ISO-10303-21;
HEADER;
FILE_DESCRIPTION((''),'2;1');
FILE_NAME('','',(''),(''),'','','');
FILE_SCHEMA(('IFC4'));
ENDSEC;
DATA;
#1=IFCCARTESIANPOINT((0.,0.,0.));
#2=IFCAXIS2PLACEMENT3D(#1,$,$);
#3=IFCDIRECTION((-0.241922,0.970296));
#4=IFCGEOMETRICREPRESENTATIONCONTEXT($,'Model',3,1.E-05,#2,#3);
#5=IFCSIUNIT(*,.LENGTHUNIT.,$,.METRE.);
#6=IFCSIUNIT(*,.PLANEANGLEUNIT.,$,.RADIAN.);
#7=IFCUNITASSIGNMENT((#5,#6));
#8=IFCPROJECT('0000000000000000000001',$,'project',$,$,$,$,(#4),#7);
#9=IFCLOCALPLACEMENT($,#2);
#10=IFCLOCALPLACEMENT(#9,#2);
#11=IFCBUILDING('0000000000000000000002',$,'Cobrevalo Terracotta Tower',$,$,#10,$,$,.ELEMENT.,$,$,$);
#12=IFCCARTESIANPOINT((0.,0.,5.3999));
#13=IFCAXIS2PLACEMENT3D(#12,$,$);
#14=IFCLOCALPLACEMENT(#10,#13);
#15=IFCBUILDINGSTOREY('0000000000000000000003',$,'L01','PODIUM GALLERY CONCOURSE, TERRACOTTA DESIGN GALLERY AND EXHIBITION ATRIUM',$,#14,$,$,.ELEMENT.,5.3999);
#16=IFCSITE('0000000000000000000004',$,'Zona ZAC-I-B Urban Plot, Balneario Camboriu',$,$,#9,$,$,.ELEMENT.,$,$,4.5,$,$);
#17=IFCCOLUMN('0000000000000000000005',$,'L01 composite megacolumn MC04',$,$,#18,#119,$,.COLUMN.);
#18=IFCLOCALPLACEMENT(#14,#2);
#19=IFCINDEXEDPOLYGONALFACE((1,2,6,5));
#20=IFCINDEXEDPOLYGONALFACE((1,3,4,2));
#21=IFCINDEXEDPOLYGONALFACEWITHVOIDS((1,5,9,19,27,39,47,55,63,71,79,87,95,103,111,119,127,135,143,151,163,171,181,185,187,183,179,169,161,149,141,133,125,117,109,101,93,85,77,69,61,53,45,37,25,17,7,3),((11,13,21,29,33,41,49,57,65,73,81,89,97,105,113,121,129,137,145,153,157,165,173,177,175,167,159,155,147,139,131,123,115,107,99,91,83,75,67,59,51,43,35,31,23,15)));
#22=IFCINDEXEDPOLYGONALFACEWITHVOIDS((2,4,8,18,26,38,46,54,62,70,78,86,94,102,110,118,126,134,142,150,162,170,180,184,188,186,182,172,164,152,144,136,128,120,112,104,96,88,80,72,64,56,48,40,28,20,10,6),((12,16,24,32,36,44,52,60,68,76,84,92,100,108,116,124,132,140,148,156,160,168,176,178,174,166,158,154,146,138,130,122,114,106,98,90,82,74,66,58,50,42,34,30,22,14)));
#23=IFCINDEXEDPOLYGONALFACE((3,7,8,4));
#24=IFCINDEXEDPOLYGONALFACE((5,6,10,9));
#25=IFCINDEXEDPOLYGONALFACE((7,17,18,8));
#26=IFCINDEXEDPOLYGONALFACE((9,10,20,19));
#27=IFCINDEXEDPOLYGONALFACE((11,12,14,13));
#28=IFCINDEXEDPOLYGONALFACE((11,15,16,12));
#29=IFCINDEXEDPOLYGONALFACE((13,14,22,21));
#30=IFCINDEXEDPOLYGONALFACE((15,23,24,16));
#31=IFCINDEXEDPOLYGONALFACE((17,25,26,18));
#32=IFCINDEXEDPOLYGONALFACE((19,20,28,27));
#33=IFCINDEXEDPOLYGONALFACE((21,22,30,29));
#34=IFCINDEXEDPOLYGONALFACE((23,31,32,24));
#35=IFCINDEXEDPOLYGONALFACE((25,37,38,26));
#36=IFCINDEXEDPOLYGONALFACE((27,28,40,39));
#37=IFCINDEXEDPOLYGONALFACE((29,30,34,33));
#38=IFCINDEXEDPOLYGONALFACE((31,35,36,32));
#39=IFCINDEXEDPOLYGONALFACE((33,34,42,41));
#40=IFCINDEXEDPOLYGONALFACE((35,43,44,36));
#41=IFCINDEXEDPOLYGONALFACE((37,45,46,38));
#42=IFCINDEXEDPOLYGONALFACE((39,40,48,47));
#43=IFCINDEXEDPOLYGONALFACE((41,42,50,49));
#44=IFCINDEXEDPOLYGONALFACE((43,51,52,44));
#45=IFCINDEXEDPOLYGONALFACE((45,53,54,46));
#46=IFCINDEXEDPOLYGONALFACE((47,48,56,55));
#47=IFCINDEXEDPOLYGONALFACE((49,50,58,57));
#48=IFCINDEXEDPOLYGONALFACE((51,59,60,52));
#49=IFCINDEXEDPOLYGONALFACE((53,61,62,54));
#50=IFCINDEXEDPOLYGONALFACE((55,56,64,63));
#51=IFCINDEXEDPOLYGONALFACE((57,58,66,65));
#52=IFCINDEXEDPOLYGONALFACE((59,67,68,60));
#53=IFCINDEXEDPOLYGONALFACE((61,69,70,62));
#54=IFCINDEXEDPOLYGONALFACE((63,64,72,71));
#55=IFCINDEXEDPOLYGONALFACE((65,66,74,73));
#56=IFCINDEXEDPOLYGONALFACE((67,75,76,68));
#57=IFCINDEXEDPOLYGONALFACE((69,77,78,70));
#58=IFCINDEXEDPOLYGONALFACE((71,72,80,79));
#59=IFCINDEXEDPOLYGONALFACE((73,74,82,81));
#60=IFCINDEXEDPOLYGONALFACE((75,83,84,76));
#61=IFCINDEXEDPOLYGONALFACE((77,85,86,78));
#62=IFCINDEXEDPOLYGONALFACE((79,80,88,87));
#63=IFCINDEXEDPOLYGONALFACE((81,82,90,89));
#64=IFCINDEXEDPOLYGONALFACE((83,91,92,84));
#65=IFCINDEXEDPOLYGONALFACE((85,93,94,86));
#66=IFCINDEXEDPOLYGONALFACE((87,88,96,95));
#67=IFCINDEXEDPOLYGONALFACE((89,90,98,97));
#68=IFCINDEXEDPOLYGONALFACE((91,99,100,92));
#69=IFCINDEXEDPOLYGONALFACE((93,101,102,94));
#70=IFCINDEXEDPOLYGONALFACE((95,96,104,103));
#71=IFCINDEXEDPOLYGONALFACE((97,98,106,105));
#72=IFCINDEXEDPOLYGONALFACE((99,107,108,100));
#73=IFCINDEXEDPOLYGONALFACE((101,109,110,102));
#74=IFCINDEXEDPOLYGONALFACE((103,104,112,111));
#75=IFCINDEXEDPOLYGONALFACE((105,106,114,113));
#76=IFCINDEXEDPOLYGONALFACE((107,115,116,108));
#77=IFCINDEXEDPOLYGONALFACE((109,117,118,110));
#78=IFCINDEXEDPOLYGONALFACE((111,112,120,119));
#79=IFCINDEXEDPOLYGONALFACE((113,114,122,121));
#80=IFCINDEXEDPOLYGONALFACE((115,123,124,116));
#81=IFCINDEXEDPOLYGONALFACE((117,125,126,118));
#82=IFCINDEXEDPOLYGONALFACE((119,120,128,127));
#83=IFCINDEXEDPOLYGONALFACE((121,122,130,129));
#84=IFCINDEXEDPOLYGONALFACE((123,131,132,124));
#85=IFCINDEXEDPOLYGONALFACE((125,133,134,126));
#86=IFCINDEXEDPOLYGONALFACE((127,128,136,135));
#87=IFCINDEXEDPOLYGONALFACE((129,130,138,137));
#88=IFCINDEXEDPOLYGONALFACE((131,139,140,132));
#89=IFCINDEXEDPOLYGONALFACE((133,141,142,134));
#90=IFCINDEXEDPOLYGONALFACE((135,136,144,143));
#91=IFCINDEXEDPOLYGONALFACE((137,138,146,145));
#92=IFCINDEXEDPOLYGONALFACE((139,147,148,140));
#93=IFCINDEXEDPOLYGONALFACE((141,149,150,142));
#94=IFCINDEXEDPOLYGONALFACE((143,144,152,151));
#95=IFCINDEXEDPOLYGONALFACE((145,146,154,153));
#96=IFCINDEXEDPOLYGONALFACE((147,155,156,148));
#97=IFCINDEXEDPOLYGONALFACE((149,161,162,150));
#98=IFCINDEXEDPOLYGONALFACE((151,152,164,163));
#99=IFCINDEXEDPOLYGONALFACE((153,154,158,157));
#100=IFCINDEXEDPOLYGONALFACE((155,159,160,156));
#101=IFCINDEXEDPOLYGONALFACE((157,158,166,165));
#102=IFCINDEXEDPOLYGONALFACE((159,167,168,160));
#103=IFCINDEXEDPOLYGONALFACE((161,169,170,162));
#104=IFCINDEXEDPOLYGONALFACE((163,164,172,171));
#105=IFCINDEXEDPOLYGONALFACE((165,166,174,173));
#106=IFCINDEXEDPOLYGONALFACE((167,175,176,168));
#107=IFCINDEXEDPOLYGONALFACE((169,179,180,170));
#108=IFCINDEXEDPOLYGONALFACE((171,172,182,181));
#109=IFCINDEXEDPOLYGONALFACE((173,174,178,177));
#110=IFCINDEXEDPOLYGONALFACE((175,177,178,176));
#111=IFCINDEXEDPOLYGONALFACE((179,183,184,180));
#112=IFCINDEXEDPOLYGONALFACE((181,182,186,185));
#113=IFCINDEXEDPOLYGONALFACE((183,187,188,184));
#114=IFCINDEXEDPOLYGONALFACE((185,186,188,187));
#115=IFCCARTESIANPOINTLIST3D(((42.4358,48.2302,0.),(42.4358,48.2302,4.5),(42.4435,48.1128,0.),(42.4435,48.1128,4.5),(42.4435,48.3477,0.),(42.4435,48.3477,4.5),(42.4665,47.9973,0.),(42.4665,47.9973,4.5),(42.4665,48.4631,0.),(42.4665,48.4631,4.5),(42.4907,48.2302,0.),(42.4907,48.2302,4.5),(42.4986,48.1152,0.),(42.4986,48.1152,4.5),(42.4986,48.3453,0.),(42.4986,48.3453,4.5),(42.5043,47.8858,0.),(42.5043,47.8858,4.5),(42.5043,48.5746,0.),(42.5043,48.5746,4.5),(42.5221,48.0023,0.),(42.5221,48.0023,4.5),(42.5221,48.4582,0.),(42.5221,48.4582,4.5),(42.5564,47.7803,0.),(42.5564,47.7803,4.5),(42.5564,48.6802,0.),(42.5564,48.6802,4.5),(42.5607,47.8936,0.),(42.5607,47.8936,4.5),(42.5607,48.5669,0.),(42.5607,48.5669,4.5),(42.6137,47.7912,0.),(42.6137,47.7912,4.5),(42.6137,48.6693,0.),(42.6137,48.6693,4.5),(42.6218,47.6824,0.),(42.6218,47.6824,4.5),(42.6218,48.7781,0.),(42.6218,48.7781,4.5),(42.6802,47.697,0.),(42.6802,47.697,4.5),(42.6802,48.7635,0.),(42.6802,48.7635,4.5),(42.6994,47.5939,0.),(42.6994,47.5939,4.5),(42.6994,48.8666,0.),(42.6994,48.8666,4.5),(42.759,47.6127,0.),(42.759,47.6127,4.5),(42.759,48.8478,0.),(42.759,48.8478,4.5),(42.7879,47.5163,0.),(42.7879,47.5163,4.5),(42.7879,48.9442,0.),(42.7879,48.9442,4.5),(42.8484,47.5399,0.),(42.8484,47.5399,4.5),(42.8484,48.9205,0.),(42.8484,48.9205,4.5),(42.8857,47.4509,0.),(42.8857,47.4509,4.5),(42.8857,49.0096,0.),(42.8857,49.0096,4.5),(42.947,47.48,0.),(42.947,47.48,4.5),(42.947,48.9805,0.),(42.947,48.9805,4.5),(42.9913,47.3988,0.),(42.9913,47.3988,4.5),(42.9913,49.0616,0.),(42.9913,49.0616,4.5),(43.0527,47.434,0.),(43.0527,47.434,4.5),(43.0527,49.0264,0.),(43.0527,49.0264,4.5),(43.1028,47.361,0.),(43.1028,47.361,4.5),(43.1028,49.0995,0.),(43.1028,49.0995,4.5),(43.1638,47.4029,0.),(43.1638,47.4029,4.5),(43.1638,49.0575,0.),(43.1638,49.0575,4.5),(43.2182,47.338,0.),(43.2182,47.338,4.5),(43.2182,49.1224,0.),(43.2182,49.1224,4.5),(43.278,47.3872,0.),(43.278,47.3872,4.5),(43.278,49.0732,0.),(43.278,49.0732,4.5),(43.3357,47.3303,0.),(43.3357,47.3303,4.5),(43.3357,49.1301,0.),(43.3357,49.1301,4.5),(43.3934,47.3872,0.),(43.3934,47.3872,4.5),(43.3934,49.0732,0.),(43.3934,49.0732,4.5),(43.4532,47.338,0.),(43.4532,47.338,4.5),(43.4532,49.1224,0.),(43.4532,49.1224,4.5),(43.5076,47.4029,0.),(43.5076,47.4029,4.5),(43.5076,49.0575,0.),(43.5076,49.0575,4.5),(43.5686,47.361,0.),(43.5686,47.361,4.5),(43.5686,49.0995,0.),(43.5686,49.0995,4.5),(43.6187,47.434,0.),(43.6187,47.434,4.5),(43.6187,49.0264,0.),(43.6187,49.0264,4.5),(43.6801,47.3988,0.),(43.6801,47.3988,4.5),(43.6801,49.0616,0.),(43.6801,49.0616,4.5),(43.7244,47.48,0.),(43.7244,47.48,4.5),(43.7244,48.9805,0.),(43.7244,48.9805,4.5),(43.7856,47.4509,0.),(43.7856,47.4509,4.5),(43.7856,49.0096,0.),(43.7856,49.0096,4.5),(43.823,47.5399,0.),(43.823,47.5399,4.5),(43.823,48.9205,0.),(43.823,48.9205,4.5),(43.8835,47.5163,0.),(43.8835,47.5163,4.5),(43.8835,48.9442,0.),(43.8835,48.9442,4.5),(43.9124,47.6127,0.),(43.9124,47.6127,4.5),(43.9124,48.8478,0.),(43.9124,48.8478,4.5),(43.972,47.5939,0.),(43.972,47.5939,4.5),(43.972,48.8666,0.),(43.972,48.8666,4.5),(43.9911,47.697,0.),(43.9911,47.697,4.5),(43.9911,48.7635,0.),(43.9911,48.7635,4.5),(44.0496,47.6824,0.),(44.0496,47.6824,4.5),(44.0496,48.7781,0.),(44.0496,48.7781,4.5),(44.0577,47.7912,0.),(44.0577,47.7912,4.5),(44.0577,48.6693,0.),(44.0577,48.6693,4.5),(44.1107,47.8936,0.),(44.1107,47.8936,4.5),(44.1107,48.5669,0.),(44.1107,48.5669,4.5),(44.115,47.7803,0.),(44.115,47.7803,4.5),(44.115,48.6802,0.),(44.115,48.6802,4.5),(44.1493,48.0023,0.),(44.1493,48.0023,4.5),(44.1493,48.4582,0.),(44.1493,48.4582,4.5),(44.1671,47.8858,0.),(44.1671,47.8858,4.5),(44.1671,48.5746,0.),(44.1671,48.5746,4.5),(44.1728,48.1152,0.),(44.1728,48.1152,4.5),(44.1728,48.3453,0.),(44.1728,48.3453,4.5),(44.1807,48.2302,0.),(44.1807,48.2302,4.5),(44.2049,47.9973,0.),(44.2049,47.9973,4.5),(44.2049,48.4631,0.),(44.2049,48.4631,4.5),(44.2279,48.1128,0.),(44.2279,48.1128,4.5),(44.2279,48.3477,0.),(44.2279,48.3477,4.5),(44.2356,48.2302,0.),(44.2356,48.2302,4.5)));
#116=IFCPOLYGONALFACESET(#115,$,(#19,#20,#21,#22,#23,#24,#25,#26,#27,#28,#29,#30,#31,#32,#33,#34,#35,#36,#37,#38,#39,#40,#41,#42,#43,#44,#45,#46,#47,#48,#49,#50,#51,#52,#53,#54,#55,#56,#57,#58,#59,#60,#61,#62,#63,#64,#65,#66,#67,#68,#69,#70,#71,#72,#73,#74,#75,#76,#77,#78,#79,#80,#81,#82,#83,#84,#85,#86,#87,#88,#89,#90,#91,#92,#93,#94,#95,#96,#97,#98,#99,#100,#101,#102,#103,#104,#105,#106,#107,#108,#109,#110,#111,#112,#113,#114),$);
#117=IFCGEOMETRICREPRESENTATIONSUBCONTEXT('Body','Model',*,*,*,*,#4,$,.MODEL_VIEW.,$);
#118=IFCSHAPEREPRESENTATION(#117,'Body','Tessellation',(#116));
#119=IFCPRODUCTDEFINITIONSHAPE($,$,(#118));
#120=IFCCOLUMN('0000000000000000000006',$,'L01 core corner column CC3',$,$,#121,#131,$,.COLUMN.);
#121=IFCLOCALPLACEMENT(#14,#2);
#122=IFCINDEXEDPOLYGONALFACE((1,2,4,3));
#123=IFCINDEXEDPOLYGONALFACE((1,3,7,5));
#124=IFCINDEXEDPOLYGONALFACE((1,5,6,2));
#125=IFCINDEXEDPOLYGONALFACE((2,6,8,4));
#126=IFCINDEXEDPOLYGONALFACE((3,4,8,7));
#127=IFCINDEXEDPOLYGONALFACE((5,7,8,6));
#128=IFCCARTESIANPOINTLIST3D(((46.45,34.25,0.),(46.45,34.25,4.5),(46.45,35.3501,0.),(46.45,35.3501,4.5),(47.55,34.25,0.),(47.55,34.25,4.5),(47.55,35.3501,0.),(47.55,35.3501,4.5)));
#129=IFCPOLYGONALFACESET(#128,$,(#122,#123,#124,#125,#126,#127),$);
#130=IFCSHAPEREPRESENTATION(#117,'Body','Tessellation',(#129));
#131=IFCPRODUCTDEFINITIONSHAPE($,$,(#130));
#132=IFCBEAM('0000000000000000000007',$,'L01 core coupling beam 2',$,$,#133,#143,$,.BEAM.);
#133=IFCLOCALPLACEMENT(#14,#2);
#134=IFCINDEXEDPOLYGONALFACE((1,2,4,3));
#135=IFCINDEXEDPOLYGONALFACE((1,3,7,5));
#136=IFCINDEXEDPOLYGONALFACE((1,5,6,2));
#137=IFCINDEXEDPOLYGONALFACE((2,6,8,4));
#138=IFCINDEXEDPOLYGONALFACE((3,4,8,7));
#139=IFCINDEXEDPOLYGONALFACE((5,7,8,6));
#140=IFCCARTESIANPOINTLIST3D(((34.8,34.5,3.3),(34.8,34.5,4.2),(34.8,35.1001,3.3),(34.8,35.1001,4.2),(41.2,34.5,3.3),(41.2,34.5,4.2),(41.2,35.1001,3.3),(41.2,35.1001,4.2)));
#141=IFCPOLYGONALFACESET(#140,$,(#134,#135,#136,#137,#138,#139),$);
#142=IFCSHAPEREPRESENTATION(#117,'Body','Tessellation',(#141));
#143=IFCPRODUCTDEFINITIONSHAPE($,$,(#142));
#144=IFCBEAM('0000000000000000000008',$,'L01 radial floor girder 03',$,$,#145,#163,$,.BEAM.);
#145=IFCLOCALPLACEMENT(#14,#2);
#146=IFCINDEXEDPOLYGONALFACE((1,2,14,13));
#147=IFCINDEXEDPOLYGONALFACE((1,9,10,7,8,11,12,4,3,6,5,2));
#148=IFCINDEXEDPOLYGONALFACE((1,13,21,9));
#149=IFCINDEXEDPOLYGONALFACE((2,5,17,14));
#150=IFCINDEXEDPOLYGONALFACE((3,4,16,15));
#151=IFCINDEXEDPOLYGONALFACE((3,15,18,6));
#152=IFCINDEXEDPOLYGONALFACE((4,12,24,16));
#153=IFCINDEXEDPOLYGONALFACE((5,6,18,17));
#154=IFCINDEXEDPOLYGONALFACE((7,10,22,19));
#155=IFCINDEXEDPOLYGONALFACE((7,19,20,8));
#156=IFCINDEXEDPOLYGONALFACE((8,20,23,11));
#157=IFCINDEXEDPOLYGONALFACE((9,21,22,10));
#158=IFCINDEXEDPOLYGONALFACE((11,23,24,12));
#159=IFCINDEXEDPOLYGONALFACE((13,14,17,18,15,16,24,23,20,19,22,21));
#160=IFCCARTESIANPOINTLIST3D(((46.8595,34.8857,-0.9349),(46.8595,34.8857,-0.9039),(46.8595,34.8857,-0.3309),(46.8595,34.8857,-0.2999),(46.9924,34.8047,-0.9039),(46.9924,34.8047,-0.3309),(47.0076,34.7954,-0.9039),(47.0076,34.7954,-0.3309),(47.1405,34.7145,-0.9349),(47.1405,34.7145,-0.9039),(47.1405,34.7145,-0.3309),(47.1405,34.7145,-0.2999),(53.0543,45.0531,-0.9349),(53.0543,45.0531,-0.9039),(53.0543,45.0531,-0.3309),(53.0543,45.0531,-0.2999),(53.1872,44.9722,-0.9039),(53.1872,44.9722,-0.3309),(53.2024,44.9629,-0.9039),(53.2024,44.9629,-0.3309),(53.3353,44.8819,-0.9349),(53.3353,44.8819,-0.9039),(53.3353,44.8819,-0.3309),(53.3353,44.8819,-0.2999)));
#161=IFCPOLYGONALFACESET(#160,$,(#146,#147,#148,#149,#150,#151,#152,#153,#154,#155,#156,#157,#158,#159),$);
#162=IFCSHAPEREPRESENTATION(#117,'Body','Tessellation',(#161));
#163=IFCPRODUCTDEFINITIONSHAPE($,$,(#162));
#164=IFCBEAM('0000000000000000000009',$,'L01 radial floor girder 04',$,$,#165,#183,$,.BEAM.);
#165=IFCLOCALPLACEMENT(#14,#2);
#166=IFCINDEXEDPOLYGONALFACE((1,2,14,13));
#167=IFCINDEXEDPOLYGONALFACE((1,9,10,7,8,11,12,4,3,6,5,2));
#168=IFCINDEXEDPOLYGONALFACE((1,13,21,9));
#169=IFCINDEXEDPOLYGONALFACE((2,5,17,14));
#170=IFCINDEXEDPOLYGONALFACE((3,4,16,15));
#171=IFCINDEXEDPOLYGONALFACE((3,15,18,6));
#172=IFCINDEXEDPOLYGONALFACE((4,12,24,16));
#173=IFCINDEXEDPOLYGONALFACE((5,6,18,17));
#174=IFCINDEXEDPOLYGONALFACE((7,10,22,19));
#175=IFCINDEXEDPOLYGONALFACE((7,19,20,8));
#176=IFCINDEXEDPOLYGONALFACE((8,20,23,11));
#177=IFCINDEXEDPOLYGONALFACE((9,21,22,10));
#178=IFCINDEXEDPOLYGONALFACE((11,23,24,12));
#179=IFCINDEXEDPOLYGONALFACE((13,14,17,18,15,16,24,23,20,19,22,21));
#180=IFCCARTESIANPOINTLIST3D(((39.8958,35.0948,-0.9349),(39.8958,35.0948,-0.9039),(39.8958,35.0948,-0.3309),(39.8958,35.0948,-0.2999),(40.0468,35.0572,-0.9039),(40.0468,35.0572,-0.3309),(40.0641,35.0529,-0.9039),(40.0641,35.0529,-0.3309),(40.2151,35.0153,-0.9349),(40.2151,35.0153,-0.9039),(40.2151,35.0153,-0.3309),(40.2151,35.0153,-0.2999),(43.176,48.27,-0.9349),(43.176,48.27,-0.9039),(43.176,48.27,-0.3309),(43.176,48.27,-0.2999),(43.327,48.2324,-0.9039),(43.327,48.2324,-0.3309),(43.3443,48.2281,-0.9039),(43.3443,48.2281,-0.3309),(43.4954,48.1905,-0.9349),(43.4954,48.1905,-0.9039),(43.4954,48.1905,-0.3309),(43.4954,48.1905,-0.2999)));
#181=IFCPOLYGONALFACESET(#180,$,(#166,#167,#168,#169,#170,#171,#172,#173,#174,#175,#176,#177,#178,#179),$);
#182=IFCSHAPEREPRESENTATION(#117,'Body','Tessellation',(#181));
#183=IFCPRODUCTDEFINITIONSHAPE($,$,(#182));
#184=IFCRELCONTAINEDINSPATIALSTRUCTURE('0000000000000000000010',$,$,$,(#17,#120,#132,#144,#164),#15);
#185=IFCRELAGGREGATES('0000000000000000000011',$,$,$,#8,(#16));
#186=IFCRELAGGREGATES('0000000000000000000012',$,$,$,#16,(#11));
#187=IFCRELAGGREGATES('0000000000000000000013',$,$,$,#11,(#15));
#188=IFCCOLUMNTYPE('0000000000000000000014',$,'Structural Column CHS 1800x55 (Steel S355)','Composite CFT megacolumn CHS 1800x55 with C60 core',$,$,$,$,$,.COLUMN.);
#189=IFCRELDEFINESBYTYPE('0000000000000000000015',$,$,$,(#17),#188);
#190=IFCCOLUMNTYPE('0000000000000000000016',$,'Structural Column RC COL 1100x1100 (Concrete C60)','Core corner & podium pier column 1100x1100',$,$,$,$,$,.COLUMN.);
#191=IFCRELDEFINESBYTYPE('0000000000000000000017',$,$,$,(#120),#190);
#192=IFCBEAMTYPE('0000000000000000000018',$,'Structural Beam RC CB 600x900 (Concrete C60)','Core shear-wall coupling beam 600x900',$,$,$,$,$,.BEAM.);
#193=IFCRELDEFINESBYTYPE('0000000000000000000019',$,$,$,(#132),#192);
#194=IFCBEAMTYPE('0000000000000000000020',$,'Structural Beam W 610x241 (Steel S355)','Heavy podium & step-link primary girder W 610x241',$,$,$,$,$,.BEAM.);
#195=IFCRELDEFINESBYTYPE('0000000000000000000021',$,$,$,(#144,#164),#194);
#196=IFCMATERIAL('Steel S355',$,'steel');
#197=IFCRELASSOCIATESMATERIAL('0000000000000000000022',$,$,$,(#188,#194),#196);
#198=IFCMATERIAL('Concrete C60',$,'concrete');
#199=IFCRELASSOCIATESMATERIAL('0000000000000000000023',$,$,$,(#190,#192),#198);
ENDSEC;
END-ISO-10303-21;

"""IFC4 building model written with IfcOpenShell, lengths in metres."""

from ifc_helpers import new_model, si_unit, direction, frame, origin, origin_2d, place, context, subcontext, project, spatial, rectangle, hollow_circle, i_section, extrude, material, material_profile, profile_set, type_object, element, save


model = new_model("IFC4")

# Units and contexts
model_context = context("Model", 3, precision=1e-05, world=origin(), true_north=direction((-0.241922, 0.970296)))
body_context = subcontext(model_context, "Body", "Model", "MODEL_VIEW")
ifc_project = project(units=[si_unit("LENGTHUNIT", "METRE"), si_unit("PLANEANGLEUNIT", "RADIAN")], contexts=[model_context])

# Site, building, storey
site_placement = place(None, origin())
site = spatial("IfcSite", under=ifc_project, at=site_placement, Name="Zona ZAC-I-B Urban Plot, Balneario Camboriu", CompositionType="ELEMENT", RefElevation=4.5)
building_placement = place(site_placement, origin())
building = spatial("IfcBuilding", under=site, at=building_placement, Name="Cobrevalo Terracotta Tower", CompositionType="ELEMENT")
storey_placement = place(building_placement, frame((0.0, 0.0, 5.3999)))
storey = spatial("IfcBuildingStorey", under=building, at=storey_placement, Name="L01", Description="PODIUM GALLERY CONCOURSE, TERRACOTTA DESIGN GALLERY AND EXHIBITION ATRIUM", CompositionType="ELEMENT", Elevation=5.3999)

# Columns
ifc_material_1 = material(Name="Steel S355", Category="steel")
ifc_material_profile_1 = material_profile(ifc_material_1, hollow_circle(Radius=0.8999, WallThickness=0.0549, at=origin_2d()), Name="CHS 1800x55")
ifc_profile_set_1 = profile_set([ifc_material_profile_1], Name="Steel S355")
column_type_1 = type_object("IfcColumnType", Name="Structural Column CHS 1800x55 (Steel S355)", Description="Composite CFT megacolumn CHS 1800x55 with C60 core", PredefinedType="COLUMN", material=ifc_profile_set_1)
for number, where, z_axis, x_axis, name in (
    (1, (43.3357, 48.2302, 0.0), (0.0, 0.0, 1.0), (1.0, 0.0, 0.0), "L01 composite megacolumn MC04"),
):
    element("IfcColumn", number, at=place(storey_placement, frame(where, z_axis=z_axis, x_axis=x_axis)), inside=storey, type_object=column_type_1, Name=name, PredefinedType="COLUMN", context=body_context, shape_type="SweptSolid", body=[
        extrude(hollow_circle(Radius=0.8999, WallThickness=0.0549, at=origin_2d()), origin(), (0.0, 0.0, 1.0), 4.5),
    ])
ifc_material_2 = material(Name="Concrete C60", Category="concrete")
ifc_material_profile_2 = material_profile(ifc_material_2, rectangle(XDim=1.1001, YDim=1.1001, at=origin_2d()), Name="RC COL 1100x1100")
ifc_profile_set_2 = profile_set([ifc_material_profile_2], Name="Concrete C60")
column_type_2 = type_object("IfcColumnType", Name="Structural Column RC COL 1100x1100 (Concrete C60)", Description="Core corner & podium pier column 1100x1100", PredefinedType="COLUMN", material=ifc_profile_set_2)
column_placement = place(storey_placement, frame((47.0, 34.8, 0.0), z_axis=(0.0, 0.0, 1.0), x_axis=(1.0, 0.0, 0.0)))
element("IfcColumn", 2, at=column_placement, inside=storey, type_object=column_type_2, Name="L01 core corner column CC3", PredefinedType="COLUMN", context=body_context, shape_type="SweptSolid", body=[
    extrude(rectangle(XDim=1.1001, YDim=1.1001, at=origin_2d()), origin(), (0.0, 0.0, 1.0), 4.5),
])

# Beams
ifc_material_profile_3 = material_profile(ifc_material_2, rectangle(XDim=0.6001, YDim=0.8999, at=origin_2d()), Name="RC CB 600x900")
ifc_profile_set_3 = profile_set([ifc_material_profile_3], Name="Concrete C60")
beam_type_1 = type_object("IfcBeamType", Name="Structural Beam RC CB 600x900 (Concrete C60)", Description="Core shear-wall coupling beam 600x900", PredefinedType="BEAM", material=ifc_profile_set_3)
beam_1_placement = place(storey_placement, frame((34.8, 34.8, 3.75), z_axis=(1.0, 0.0, 0.0), x_axis=(0.0, 1.0, 0.0)))
element("IfcBeam", 3, at=beam_1_placement, inside=storey, type_object=beam_type_1, Name="L01 core coupling beam 2", PredefinedType="BEAM", context=body_context, shape_type="SweptSolid", body=[
    extrude(rectangle(XDim=0.6001, YDim=0.8999, at=origin_2d()), origin(), (0.0, 0.0, 1.0), 6.3999),
])
ifc_material_profile_4 = material_profile(ifc_material_1, i_section(OverallWidth=0.3291, OverallDepth=0.635, WebThickness=0.0178, FlangeThickness=0.031, at=origin_2d()), Name="W 610x241")
ifc_profile_set_4 = profile_set([ifc_material_profile_4], Name="Steel S355")
beam_type_2 = type_object("IfcBeamType", Name="Structural Beam W 610x241 (Steel S355)", Description="Heavy podium & step-link primary girder W 610x241", PredefinedType="BEAM", material=ifc_profile_set_4)
beam_2_placement = place(storey_placement, frame((53.1948, 44.9675, -0.6174), z_axis=(-0.52031, -0.853978, 0.0), x_axis=(0.853978, -0.52031, 0.0)))
element("IfcBeam", 4, at=beam_2_placement, inside=storey, type_object=beam_type_2, Name="L01 radial floor girder 03", PredefinedType="BEAM", context=body_context, shape_type="SweptSolid", body=[
    extrude(i_section(OverallWidth=0.3291, OverallDepth=0.635, WebThickness=0.0178, FlangeThickness=0.031, at=origin_2d()), origin(), (0.0, 0.0, 1.0), 11.906),
])
beam_3_placement = place(storey_placement, frame((43.3357, 48.2302, -0.6174), z_axis=(-0.241596, -0.970377, 0.0), x_axis=(0.970377, -0.241596, 0.0)))
element("IfcBeam", 5, at=beam_3_placement, inside=storey, type_object=beam_type_2, Name="L01 radial floor girder 04", PredefinedType="BEAM", context=body_context, shape_type="SweptSolid", body=[
    extrude(i_section(OverallWidth=0.3291, OverallDepth=0.635, WebThickness=0.0178, FlangeThickness=0.031, at=origin_2d()), origin(), (0.0, 0.0, 1.0), 13.5774),
])

save(model, "model.ifc")
